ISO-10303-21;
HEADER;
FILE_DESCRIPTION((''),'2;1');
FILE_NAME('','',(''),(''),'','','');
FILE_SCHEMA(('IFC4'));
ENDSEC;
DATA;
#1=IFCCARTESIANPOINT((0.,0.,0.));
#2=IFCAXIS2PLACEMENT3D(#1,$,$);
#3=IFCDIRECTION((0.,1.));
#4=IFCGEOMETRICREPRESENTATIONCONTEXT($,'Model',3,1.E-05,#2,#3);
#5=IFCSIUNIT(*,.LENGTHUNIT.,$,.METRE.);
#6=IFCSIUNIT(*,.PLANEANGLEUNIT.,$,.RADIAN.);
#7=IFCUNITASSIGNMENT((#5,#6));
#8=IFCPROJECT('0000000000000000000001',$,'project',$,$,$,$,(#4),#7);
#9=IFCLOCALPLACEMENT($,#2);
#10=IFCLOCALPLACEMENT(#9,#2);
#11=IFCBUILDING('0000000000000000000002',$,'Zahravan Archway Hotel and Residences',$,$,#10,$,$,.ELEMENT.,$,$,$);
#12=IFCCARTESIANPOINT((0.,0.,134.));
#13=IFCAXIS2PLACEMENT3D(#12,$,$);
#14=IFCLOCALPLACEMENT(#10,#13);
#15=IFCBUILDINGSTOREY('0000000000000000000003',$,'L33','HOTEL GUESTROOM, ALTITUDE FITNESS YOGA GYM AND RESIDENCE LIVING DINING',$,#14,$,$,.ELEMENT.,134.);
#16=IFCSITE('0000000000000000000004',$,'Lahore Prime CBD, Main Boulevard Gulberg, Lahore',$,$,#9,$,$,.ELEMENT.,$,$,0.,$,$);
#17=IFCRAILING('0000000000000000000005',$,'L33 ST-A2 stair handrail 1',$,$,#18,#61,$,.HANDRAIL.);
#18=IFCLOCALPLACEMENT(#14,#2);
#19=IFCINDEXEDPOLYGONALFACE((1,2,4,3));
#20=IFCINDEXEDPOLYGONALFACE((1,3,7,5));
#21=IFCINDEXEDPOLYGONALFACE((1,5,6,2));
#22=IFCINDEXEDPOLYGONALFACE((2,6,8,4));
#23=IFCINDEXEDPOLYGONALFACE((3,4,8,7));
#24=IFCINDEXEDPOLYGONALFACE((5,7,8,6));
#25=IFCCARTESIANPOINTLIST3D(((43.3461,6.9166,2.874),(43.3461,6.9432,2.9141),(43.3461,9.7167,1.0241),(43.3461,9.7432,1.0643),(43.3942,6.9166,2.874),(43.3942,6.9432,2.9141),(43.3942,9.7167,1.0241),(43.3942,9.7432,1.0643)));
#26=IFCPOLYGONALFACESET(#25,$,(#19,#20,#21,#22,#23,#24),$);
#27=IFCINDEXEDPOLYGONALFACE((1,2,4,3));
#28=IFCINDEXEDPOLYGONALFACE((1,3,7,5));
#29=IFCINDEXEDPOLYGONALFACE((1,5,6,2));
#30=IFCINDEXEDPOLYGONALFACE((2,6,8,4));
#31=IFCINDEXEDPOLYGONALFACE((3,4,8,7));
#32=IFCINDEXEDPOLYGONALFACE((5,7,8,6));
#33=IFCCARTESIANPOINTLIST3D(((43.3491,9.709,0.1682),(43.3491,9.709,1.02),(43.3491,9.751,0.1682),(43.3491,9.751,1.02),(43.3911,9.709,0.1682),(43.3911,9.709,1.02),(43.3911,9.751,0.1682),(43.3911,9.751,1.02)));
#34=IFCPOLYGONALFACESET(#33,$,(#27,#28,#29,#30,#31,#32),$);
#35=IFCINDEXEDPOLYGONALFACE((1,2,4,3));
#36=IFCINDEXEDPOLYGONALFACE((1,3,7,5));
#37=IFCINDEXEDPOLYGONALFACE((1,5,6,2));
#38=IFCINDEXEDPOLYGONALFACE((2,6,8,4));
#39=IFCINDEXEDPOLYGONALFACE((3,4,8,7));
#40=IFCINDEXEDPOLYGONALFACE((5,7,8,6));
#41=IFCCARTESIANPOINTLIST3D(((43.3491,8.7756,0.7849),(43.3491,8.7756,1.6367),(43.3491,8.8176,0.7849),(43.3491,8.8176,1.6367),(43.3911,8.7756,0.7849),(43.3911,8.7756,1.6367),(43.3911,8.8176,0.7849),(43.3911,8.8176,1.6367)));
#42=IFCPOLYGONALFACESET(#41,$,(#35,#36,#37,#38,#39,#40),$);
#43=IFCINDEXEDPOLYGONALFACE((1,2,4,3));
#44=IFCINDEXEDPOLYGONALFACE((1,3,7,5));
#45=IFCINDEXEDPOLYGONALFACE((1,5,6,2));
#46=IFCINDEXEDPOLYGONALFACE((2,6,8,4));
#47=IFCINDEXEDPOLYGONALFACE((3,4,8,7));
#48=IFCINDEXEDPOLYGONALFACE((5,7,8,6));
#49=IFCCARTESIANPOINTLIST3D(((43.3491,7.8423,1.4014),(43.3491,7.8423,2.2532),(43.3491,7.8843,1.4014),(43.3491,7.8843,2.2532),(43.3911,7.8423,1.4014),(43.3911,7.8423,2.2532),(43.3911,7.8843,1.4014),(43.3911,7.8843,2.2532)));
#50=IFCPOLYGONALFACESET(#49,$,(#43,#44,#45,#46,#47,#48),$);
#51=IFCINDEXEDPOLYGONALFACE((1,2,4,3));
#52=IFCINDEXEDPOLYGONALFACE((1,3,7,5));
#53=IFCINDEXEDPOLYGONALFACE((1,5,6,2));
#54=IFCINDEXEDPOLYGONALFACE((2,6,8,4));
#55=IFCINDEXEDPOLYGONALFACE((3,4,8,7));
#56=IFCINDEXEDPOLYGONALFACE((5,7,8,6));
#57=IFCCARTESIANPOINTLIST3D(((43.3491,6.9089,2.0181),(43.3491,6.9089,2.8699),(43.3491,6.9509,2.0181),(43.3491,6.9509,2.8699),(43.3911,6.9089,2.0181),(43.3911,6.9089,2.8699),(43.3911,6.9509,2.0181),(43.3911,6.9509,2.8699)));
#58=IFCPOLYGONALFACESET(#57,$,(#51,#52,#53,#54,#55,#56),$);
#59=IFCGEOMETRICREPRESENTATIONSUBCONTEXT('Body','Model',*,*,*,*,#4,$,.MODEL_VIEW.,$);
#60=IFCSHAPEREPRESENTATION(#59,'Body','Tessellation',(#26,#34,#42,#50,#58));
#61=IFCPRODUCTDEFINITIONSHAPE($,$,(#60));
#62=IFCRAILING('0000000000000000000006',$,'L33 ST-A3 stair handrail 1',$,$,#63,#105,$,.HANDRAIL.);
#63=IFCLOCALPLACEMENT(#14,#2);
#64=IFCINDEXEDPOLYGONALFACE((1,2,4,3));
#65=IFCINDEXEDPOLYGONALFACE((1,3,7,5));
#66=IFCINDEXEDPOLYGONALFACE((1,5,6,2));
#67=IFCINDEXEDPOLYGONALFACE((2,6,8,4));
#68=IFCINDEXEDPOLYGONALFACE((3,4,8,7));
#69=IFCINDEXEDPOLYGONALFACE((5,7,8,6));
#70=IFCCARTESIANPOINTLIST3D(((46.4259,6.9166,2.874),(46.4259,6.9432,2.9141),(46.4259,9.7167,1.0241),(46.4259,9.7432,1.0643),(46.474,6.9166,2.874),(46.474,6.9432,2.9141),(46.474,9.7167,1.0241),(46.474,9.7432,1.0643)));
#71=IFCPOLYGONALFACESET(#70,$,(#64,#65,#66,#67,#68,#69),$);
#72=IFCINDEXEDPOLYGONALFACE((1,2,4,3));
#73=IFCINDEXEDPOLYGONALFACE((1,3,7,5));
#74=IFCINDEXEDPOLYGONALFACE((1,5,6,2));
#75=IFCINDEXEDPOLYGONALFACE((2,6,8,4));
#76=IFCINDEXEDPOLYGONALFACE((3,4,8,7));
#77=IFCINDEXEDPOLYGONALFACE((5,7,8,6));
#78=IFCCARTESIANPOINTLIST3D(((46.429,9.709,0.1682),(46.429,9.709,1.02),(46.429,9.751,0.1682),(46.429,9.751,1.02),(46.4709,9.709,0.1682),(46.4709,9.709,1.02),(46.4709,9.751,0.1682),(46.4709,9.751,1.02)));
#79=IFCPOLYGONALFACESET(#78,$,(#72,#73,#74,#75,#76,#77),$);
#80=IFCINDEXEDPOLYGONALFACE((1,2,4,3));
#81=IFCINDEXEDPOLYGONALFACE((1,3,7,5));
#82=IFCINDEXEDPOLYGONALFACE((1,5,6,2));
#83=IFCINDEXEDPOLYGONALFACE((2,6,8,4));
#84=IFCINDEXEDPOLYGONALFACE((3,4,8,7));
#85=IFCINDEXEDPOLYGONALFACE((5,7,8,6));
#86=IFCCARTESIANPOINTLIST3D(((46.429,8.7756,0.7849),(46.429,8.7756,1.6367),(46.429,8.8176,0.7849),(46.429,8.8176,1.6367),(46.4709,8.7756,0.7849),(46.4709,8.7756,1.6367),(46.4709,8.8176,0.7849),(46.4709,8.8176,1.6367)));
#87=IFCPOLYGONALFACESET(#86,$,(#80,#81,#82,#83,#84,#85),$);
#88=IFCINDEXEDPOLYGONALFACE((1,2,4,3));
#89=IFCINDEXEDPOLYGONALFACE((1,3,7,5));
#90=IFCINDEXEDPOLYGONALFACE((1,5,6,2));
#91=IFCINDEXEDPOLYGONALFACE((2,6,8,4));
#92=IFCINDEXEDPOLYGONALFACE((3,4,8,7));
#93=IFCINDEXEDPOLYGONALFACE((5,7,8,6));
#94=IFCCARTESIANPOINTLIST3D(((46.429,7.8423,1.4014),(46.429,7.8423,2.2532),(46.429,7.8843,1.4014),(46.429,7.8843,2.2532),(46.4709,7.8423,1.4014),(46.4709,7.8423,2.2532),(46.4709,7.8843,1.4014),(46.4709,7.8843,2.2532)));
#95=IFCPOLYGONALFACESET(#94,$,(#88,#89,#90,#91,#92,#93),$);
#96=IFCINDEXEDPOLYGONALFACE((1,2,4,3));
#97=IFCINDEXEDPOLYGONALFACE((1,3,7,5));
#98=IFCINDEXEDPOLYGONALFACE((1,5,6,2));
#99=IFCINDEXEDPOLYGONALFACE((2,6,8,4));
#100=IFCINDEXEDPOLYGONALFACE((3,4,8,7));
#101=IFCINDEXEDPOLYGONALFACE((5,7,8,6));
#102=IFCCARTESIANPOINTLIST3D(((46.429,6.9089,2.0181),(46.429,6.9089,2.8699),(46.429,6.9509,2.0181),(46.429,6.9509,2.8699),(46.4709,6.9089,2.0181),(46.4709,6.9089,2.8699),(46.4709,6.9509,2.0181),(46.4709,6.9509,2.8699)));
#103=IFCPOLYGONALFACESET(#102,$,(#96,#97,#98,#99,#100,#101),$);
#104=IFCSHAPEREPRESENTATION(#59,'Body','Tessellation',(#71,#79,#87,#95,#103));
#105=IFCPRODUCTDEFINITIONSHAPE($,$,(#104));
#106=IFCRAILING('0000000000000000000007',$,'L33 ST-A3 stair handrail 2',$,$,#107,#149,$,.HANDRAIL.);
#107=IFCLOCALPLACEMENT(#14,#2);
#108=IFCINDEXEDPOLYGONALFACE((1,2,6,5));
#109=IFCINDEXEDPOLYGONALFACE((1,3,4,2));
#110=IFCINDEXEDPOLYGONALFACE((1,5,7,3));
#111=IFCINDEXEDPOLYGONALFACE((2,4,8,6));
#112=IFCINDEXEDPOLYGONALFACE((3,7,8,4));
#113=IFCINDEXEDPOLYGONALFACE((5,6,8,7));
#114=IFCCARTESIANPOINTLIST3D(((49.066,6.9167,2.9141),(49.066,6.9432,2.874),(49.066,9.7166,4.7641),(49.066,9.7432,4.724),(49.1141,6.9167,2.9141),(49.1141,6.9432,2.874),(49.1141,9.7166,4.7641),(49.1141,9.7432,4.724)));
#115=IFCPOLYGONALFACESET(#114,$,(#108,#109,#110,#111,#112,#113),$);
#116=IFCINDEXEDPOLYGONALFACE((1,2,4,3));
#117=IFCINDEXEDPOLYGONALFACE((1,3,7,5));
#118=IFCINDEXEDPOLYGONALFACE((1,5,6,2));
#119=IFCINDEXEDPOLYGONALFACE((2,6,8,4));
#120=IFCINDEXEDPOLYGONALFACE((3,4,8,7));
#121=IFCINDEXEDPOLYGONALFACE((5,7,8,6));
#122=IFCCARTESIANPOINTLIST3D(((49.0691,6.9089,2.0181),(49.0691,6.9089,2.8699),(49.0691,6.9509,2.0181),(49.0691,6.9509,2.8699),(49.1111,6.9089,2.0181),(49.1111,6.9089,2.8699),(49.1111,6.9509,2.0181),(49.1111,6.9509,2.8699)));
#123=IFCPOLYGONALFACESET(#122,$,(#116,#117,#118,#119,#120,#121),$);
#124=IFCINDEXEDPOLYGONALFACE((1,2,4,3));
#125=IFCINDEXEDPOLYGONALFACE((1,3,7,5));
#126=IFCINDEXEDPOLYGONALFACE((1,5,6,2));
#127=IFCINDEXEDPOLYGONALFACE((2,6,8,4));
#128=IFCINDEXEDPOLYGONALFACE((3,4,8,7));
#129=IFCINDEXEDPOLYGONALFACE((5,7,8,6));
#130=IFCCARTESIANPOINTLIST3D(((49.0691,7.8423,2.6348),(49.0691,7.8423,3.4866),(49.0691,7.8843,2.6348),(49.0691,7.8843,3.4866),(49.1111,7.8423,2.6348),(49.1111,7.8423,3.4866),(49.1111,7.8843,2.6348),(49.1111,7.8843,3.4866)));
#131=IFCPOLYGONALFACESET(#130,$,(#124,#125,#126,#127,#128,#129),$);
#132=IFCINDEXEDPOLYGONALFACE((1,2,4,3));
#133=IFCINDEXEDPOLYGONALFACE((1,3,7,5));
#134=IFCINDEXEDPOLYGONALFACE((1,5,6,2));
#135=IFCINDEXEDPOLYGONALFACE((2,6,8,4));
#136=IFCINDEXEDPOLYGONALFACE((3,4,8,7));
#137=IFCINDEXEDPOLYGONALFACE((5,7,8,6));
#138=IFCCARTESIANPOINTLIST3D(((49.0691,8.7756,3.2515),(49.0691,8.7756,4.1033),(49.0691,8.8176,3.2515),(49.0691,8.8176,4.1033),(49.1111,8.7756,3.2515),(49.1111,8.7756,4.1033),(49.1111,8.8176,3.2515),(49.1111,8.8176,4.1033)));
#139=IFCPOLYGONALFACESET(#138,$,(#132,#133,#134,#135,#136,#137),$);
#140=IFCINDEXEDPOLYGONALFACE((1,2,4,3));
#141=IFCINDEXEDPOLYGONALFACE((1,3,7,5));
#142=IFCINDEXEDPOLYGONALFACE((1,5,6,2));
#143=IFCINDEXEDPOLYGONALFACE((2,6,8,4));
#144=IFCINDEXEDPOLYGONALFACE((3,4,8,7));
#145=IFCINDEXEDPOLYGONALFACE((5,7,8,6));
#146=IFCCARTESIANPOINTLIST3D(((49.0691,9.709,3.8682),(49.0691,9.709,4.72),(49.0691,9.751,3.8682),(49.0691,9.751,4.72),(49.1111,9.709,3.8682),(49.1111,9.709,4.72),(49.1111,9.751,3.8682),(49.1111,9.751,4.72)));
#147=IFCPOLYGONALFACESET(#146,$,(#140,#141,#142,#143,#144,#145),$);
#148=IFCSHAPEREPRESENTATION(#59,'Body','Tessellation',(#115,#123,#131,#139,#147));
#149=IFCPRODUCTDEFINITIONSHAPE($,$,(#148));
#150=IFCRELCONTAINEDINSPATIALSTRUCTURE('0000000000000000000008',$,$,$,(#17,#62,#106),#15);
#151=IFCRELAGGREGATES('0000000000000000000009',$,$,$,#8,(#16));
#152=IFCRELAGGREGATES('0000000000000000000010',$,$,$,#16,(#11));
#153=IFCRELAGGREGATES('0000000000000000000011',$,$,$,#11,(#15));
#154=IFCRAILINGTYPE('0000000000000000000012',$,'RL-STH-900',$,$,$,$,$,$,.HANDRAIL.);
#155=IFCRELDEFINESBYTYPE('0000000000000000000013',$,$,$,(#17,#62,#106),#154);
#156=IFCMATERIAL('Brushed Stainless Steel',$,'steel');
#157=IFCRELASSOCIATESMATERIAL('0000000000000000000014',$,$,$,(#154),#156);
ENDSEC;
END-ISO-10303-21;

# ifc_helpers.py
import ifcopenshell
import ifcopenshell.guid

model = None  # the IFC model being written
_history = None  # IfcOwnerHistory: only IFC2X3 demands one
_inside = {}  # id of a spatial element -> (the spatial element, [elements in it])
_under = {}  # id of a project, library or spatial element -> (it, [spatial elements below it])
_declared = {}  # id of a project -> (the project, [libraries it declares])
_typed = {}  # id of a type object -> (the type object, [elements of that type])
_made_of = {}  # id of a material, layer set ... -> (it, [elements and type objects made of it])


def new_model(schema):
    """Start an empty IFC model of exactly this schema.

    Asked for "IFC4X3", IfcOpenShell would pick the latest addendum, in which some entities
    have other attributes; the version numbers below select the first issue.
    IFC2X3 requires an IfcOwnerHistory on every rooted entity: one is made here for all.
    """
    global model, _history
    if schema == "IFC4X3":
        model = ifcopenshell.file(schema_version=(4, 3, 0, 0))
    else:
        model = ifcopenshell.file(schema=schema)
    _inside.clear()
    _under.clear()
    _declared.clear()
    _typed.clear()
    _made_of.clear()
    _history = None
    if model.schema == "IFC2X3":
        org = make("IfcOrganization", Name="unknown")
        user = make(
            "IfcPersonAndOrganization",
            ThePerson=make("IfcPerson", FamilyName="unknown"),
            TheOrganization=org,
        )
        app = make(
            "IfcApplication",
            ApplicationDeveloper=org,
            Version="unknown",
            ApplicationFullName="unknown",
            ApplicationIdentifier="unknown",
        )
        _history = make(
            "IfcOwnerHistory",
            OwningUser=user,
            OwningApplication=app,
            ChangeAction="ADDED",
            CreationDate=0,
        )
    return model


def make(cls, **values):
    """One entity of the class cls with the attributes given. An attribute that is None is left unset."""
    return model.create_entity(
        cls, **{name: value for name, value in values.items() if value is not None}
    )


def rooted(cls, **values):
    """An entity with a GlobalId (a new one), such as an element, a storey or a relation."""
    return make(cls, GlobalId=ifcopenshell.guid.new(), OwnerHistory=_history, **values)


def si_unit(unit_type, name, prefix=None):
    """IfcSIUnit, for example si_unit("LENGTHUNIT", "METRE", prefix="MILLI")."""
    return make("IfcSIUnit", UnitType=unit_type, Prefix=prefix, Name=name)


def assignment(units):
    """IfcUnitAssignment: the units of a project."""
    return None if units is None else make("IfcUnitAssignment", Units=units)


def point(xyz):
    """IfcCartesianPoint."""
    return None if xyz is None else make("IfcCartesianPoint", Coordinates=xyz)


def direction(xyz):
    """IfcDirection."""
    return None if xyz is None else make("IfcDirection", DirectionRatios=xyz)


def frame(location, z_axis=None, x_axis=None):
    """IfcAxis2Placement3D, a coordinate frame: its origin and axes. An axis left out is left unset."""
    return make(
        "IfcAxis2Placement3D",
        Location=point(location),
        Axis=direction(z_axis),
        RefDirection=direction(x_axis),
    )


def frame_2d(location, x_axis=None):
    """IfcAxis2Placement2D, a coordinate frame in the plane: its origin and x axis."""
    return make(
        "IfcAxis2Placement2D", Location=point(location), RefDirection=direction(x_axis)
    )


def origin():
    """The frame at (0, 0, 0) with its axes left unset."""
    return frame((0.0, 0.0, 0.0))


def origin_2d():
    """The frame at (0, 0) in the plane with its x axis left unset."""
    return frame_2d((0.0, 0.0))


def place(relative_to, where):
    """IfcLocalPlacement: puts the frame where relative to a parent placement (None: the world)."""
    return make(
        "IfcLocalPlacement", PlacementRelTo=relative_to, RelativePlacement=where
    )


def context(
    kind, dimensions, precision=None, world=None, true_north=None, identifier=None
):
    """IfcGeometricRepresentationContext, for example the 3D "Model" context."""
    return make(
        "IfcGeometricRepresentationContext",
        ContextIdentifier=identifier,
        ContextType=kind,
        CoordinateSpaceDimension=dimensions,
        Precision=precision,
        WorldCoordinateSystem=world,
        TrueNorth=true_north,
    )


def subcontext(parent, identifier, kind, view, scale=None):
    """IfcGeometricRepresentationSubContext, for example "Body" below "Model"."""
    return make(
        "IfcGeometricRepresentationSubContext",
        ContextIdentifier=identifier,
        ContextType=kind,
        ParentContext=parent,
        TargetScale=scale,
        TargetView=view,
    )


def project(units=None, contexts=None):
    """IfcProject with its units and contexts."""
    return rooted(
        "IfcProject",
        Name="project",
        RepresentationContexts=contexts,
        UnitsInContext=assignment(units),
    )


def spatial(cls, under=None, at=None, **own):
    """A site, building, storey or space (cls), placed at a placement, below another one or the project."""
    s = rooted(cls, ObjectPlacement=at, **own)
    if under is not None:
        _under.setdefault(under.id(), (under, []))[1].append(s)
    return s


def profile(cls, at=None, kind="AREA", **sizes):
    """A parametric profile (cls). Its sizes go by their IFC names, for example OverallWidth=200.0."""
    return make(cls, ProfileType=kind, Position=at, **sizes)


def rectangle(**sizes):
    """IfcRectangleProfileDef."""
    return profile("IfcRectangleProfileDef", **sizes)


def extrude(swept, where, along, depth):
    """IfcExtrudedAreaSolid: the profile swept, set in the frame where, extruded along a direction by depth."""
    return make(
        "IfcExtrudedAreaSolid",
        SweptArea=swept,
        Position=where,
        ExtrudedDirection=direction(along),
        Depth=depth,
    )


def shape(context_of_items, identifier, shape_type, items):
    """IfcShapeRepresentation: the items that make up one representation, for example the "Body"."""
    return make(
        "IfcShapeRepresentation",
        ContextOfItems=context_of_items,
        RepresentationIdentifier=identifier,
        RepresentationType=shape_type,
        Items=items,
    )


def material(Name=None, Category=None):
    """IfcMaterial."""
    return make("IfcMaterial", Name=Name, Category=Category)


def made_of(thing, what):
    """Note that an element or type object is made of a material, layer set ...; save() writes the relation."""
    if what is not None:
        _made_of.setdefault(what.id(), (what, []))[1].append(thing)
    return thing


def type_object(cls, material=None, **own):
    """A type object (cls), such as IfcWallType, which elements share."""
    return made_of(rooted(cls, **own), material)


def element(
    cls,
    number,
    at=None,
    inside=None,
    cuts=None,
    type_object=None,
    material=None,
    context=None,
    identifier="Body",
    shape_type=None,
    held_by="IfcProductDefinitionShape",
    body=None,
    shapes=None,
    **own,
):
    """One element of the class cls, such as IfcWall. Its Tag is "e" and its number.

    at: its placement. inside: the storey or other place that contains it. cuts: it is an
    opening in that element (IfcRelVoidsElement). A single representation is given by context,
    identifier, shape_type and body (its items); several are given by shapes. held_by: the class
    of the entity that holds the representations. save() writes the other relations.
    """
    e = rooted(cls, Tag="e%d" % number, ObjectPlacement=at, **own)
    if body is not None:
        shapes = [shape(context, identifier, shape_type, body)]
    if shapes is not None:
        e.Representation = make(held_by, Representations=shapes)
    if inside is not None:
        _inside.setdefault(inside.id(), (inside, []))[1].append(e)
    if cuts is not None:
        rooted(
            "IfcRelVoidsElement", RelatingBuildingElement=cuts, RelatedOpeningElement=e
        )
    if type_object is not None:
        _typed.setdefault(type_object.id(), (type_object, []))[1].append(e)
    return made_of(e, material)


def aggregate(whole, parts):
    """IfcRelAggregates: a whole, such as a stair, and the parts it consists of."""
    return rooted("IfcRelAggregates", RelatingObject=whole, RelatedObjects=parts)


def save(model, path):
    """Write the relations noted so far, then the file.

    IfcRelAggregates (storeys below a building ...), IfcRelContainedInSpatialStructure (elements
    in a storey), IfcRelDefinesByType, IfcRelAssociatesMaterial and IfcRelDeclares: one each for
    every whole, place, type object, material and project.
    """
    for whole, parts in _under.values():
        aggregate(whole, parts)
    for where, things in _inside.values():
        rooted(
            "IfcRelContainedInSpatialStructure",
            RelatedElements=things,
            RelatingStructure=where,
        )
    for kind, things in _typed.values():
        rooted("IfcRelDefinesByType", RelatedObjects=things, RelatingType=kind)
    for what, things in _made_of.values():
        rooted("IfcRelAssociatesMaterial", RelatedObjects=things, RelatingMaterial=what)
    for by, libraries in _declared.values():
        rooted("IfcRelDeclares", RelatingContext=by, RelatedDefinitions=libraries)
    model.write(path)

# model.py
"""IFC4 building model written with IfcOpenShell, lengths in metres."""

from ifc_helpers import new_model, si_unit, direction, frame, origin, origin_2d, place, context, subcontext, project, spatial, rectangle, extrude, material, type_object, element, save


model = new_model("IFC4")

# Units and contexts
model_context = context("Model", 3, precision=1e-05, world=origin(), true_north=direction((0.0, 1.0)))
body_context = subcontext(model_context, "Body", "Model", "MODEL_VIEW")
ifc_project = project(units=[si_unit("LENGTHUNIT", "METRE"), si_unit("PLANEANGLEUNIT", "RADIAN")], contexts=[model_context])

# Site, building, storey
site_placement = place(None, origin())
site = spatial("IfcSite", under=ifc_project, at=site_placement, Name="Lahore Prime CBD, Main Boulevard Gulberg, Lahore", CompositionType="ELEMENT", RefElevation=0.0)
building_placement = place(site_placement, origin())
building = spatial("IfcBuilding", under=site, at=building_placement, Name="Zahravan Archway Hotel and Residences", CompositionType="ELEMENT")
storey_placement = place(building_placement, frame((0.0, 0.0, 134.0)))
storey = spatial("IfcBuildingStorey", under=building, at=storey_placement, Name="L33", Description="HOTEL GUESTROOM, ALTITUDE FITNESS YOGA GYM AND RESIDENCE LIVING DINING", CompositionType="ELEMENT", Elevation=134.0)

# Railings
ifc_material_1 = material(Name="Brushed Stainless Steel", Category="steel")
railing_type_1 = type_object("IfcRailingType", Name="RL-STH-900", PredefinedType="HANDRAIL", material=ifc_material_1)
for number, where, name in (
    (1, (43.3701, 9.73, 0.1682), "L33 ST-A2 stair handrail 1"),
    (2, (46.45, 9.73, 0.1682), "L33 ST-A3 stair handrail 1"),
):
    element("IfcRailing", number, at=place(storey_placement, frame(where)), inside=storey, type_object=railing_type_1, Name=name, PredefinedType="HANDRAIL", context=body_context, shape_type="SweptSolid", body=[
        extrude(rectangle(XDim=0.0481, YDim=0.0481, at=origin_2d()), frame((0.0, 0.0, 0.876), z_axis=(0.0, -0.83436, 0.55122), x_axis=(1.0, 0.0, 0.0)), (0.0, 0.0, 1.0), 3.356),
        extrude(rectangle(XDim=0.042, YDim=0.042, at=origin_2d()), origin(), (0.0, 0.0, 1.0), 0.8518),
        extrude(rectangle(XDim=0.042, YDim=0.042, at=origin_2d()), frame((0.0, -0.9333, 0.6167)), (0.0, 0.0, 1.0), 0.8518),
        extrude(rectangle(XDim=0.042, YDim=0.042, at=origin_2d()), frame((0.0, -1.8667, 1.2332)), (0.0, 0.0, 1.0), 0.8518),
        extrude(rectangle(XDim=0.042, YDim=0.042, at=origin_2d()), frame((0.0, -2.8, 1.8499)), (0.0, 0.0, 1.0), 0.8518),
    ])
railing_1_placement = place(storey_placement, frame((49.0901, 6.9299, 2.0181)))
element("IfcRailing", 3, at=railing_1_placement, inside=storey, type_object=railing_type_1, Name="L33 ST-A3 stair handrail 2", PredefinedType="HANDRAIL", context=body_context, shape_type="SweptSolid", body=[
    extrude(rectangle(XDim=0.0481, YDim=0.0481, at=origin_2d()), frame((0.0, 0.0, 0.876), z_axis=(0.0, 0.834326, 0.551271), x_axis=(-1.0, 0.0, 0.0)), (0.0, 0.0, 1.0), 3.356),
    extrude(rectangle(XDim=0.042, YDim=0.042, at=origin_2d()), origin(), (0.0, 0.0, 1.0), 0.8518),
    extrude(rectangle(XDim=0.042, YDim=0.042, at=origin_2d()), frame((0.0, 0.9333, 0.6167)), (0.0, 0.0, 1.0), 0.8518),
    extrude(rectangle(XDim=0.042, YDim=0.042, at=origin_2d()), frame((0.0, 1.8667, 1.2334)), (0.0, 0.0, 1.0), 0.8518),
    extrude(rectangle(XDim=0.042, YDim=0.042, at=origin_2d()), frame((0.0, 2.8, 1.8501)), (0.0, 0.0, 1.0), 0.8518),
])

save(model, "model.ifc")
